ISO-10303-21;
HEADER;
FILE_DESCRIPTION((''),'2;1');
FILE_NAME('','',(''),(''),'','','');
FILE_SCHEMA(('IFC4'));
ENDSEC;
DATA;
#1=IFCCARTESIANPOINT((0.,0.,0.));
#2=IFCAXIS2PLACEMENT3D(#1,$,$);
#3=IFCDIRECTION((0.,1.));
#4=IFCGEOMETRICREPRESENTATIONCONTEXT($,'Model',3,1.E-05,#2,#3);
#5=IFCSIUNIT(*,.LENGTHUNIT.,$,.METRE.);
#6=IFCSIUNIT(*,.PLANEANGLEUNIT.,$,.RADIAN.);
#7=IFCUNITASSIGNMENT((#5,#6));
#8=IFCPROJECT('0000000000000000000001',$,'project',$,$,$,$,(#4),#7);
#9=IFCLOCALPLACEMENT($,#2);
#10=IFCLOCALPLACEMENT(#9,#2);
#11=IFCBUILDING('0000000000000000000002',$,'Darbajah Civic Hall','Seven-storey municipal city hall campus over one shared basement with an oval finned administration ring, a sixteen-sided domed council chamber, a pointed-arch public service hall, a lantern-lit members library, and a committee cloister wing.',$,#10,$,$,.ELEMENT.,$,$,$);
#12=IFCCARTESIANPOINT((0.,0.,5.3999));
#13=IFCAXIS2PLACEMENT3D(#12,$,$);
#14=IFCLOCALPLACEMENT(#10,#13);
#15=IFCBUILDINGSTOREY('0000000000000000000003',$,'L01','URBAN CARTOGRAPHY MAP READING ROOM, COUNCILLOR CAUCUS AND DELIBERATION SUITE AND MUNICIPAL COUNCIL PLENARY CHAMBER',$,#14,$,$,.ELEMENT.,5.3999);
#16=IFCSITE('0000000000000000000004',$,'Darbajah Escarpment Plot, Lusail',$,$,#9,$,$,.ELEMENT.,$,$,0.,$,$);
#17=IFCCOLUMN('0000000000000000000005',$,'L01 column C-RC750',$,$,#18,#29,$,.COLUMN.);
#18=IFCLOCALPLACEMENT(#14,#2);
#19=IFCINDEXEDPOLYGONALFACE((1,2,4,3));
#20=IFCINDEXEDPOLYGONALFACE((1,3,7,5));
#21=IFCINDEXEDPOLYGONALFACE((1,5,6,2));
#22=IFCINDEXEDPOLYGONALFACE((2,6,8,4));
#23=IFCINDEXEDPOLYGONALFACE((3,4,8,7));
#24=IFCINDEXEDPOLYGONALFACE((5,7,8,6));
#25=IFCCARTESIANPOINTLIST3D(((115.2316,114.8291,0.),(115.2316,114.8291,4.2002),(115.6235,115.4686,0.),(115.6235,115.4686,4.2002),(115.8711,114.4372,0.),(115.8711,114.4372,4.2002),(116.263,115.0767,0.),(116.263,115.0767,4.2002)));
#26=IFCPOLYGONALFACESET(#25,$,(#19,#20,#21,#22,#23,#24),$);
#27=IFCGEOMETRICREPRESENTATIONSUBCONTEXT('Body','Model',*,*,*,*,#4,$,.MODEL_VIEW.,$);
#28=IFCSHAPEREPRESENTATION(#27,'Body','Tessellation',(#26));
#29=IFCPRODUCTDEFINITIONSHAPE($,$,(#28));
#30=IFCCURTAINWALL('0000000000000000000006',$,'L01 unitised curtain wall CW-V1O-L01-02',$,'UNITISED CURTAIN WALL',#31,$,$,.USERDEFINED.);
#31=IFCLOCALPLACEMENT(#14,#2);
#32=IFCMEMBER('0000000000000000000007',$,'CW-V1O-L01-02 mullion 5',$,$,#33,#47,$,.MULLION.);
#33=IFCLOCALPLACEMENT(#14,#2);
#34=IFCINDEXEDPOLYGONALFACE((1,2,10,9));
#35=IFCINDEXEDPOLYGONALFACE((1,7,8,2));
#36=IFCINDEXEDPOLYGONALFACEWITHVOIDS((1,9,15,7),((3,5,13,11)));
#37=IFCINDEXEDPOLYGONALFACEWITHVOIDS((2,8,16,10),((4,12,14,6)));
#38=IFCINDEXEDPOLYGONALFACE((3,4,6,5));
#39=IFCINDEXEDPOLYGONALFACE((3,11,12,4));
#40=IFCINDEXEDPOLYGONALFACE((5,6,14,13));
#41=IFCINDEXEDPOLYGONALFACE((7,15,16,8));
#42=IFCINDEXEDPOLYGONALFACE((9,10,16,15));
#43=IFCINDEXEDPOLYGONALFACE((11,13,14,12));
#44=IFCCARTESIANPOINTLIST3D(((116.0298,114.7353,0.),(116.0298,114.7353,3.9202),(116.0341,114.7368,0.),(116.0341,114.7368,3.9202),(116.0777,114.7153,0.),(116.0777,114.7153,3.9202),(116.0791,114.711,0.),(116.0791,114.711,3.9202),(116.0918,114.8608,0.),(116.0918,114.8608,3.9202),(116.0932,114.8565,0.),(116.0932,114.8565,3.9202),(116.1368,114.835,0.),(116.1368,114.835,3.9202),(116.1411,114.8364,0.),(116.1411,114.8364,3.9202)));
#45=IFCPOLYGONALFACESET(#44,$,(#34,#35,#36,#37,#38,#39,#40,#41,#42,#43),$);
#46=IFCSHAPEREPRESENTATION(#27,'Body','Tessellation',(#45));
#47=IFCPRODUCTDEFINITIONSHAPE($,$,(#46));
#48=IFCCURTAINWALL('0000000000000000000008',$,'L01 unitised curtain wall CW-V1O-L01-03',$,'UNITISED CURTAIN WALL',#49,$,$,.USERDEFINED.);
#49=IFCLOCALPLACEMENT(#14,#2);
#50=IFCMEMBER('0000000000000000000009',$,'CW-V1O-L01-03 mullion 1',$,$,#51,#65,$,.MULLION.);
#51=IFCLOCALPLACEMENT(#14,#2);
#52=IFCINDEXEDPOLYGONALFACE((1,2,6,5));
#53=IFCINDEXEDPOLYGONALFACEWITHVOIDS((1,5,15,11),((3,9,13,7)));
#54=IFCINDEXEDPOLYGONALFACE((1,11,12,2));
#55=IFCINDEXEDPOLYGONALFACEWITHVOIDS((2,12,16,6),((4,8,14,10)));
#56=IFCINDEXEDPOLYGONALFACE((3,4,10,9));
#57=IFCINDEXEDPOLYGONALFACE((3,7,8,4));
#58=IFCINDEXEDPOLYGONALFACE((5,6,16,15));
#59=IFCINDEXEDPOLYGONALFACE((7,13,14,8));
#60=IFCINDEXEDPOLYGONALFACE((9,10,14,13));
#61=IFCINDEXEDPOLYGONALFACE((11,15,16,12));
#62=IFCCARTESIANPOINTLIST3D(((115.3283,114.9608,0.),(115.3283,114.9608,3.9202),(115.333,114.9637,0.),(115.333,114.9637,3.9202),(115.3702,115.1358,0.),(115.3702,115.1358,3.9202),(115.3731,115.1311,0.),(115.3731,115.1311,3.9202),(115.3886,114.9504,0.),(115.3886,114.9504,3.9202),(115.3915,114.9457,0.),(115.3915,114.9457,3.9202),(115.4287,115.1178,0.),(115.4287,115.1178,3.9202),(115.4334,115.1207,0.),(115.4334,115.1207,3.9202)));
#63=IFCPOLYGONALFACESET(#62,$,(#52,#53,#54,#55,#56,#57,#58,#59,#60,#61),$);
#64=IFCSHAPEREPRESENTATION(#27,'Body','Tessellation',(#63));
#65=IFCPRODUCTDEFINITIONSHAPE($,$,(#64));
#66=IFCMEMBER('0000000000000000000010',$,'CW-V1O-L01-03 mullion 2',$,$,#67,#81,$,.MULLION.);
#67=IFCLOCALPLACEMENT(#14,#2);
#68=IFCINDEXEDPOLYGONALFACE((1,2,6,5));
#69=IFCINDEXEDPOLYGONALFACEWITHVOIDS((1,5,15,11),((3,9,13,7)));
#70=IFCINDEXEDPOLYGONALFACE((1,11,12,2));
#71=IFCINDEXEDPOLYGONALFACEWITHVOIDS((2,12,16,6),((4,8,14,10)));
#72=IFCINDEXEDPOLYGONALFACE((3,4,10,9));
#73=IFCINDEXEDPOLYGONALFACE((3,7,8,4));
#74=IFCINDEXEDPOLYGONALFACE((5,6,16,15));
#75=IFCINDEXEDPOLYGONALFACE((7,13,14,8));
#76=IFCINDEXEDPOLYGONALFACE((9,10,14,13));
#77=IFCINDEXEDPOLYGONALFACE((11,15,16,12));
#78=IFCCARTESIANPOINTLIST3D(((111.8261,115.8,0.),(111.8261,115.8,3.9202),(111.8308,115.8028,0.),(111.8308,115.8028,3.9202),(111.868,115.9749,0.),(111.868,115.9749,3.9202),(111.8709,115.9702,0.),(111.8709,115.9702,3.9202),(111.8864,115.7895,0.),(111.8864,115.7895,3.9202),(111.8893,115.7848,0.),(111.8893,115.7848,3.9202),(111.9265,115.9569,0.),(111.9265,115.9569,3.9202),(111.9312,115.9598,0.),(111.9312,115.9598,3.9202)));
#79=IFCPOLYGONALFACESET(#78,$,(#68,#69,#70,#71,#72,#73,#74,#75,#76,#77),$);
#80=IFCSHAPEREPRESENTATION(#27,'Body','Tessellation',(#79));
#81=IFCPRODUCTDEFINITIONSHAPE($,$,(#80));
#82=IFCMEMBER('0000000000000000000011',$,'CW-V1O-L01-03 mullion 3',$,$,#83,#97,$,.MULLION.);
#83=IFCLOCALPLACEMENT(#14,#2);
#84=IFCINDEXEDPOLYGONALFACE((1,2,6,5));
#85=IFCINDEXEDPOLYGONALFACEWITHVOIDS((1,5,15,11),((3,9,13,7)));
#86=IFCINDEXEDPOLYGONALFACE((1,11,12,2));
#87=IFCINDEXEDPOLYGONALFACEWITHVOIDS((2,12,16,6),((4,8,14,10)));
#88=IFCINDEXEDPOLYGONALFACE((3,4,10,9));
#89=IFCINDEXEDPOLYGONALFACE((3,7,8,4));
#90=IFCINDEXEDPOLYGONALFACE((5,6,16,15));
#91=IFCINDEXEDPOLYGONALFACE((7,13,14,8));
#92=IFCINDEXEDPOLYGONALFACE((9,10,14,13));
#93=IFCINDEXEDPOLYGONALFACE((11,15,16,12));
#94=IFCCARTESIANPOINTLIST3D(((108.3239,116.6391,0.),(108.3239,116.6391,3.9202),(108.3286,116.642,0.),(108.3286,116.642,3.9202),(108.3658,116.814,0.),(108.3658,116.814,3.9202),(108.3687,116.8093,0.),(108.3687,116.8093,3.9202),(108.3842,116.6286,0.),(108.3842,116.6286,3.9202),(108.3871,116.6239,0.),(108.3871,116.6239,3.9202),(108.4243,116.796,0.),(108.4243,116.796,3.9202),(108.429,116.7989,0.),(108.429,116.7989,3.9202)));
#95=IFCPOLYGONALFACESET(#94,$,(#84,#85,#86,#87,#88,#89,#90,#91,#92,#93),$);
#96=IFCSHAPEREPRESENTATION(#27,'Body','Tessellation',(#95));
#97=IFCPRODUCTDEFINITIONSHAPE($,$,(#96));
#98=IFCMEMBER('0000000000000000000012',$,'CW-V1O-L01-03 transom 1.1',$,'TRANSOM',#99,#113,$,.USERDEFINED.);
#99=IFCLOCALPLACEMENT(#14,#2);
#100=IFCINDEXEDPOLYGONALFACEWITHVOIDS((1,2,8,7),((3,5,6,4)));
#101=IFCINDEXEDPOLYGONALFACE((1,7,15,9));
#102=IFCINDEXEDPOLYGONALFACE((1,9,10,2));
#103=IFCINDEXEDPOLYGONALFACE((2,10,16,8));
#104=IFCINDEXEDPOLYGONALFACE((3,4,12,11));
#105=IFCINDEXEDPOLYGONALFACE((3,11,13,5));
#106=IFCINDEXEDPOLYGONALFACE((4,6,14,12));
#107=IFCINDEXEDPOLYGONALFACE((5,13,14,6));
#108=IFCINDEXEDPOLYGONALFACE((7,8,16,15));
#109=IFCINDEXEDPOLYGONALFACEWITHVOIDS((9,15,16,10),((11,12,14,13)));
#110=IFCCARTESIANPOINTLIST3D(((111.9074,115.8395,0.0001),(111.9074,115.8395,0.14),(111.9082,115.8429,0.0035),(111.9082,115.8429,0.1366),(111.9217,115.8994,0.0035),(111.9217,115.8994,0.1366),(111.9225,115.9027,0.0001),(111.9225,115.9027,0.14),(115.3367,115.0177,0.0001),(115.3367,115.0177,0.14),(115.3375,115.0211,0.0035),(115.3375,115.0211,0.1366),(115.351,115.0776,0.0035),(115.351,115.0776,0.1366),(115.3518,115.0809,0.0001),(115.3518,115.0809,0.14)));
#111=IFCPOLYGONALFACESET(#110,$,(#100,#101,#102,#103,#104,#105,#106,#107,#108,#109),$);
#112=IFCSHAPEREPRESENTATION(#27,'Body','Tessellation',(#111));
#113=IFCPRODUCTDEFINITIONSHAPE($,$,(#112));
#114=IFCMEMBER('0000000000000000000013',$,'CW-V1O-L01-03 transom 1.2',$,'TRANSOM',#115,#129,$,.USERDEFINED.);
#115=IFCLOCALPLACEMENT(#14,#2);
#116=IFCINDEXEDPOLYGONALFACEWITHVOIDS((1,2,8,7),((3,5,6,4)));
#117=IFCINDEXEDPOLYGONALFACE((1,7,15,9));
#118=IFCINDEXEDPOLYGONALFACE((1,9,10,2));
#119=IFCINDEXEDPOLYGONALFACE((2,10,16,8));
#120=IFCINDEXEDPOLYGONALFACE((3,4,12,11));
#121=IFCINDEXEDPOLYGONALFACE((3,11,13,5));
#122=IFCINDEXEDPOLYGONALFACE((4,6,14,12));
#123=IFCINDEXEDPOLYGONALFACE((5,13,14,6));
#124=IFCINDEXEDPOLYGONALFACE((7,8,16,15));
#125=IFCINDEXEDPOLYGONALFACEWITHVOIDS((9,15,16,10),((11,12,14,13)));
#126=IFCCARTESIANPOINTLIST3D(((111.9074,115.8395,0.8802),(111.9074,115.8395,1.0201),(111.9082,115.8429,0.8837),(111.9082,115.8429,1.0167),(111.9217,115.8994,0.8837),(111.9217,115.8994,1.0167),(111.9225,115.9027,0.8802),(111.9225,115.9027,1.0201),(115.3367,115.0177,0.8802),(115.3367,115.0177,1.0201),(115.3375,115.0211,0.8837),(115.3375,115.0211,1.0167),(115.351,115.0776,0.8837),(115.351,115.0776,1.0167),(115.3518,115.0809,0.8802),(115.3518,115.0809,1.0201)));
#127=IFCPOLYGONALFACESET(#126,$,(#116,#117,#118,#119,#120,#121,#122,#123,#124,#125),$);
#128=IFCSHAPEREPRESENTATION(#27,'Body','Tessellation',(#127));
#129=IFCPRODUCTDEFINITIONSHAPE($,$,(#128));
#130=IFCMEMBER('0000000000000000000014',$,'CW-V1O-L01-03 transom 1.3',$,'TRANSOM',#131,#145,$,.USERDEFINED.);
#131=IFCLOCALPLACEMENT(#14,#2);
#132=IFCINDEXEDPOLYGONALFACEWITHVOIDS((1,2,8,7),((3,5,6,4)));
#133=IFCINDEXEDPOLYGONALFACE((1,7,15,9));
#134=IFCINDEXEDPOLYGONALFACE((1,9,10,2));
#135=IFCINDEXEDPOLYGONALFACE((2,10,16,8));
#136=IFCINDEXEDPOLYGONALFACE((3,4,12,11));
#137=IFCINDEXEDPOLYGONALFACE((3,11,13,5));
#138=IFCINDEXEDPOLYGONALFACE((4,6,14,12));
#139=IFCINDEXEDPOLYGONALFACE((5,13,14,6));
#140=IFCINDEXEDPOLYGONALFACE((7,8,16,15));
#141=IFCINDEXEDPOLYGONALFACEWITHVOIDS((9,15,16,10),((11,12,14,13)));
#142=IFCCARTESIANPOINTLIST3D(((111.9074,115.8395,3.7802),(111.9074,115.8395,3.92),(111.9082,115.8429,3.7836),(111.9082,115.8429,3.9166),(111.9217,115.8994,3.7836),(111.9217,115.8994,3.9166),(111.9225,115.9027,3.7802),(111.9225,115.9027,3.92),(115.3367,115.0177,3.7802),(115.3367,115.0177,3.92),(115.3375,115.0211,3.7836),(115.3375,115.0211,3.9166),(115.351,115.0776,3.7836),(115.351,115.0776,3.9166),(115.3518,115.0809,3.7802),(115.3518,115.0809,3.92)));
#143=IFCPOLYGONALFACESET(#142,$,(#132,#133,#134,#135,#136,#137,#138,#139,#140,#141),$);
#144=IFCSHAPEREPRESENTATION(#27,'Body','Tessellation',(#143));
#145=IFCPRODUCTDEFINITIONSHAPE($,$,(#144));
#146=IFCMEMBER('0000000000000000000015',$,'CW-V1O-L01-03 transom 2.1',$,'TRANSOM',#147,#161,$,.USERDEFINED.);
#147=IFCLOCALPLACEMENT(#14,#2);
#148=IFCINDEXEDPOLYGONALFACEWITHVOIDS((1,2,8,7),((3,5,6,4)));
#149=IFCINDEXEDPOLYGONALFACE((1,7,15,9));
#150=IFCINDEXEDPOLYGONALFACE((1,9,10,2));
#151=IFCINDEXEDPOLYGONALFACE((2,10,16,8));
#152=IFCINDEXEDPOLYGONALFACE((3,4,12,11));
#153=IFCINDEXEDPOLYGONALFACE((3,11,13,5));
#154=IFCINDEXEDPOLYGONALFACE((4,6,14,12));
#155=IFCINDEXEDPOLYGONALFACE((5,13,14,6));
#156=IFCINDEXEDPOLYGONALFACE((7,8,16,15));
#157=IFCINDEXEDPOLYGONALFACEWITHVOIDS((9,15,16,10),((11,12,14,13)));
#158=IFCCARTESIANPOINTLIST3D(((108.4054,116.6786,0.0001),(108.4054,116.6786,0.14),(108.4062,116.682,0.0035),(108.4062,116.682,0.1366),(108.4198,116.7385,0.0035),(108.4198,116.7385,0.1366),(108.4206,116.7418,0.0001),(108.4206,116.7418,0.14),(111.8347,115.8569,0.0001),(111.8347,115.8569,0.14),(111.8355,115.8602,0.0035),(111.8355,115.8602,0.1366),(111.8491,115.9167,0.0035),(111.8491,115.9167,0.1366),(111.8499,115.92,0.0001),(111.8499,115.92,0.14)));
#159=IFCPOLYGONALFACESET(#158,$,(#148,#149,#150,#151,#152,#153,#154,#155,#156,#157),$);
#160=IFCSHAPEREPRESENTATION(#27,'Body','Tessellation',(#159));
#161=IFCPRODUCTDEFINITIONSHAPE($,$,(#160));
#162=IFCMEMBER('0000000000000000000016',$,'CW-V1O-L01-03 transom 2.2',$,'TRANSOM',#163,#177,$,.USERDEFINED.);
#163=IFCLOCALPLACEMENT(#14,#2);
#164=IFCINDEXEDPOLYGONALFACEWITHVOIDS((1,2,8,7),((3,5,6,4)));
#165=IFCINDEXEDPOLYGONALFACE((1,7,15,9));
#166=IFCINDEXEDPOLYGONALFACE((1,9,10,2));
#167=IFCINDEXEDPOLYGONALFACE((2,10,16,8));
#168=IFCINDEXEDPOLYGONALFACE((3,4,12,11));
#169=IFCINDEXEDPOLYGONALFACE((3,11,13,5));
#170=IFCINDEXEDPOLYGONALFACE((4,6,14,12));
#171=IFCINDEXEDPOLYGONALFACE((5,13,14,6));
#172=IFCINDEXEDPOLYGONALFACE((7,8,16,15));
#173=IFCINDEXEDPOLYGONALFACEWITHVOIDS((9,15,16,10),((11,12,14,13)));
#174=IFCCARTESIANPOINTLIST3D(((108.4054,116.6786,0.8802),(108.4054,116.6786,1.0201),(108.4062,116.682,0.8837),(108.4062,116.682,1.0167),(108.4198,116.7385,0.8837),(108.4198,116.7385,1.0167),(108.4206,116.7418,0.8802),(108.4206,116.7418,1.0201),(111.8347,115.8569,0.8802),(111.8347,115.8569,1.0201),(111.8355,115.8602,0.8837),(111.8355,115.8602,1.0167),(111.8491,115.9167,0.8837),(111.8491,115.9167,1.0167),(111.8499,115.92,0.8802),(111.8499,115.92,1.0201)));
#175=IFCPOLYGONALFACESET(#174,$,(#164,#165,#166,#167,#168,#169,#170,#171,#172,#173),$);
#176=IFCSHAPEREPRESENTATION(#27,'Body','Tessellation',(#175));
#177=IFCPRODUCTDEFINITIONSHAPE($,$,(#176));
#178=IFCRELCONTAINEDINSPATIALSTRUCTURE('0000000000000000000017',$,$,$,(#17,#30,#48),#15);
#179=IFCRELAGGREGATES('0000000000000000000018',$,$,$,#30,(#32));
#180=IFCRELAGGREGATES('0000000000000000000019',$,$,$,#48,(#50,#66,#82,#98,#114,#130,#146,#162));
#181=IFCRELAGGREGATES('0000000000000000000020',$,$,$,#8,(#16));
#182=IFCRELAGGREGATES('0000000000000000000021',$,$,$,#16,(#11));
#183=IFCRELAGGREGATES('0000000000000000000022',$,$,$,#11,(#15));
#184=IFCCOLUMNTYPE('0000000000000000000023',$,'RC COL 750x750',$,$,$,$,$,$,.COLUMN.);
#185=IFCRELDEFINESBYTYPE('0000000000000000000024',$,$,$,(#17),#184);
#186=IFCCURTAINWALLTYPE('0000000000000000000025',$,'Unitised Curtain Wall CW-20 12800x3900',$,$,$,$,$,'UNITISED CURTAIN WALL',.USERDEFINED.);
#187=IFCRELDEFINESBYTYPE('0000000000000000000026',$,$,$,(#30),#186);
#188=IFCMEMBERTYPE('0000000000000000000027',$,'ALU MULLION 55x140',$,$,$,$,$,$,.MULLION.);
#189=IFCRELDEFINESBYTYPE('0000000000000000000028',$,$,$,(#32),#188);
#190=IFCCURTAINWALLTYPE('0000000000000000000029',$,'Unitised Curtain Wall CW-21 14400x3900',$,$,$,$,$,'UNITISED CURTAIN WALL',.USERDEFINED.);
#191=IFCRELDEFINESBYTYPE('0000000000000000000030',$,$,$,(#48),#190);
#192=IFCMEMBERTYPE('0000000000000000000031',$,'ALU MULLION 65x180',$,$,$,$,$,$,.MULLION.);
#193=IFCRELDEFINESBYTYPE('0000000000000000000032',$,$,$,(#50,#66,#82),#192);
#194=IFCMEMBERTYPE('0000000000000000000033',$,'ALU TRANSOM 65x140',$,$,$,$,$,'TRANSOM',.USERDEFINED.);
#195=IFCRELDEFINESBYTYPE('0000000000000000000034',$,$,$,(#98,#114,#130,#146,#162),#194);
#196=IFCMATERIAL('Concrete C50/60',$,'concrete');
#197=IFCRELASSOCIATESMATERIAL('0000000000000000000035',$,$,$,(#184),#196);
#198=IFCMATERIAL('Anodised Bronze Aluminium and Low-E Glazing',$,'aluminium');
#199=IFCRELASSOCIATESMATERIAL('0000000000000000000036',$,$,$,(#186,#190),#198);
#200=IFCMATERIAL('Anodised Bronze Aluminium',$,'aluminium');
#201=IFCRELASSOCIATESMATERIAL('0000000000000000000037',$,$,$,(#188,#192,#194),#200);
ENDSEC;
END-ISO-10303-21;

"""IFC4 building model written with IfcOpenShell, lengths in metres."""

from ifc_helpers import new_model, si_unit, direction, frame, origin, origin_2d, place, context, subcontext, project, spatial, rectangle, hollow_rectangle, extrude, material, material_profile, profile_set, type_object, element, aggregate, save


model = new_model("IFC4")

# Units and contexts
model_context = context("Model", 3, precision=1e-05, world=origin(), true_north=direction((0.0, 1.0)))
body_context = subcontext(model_context, "Body", "Model", "MODEL_VIEW")
ifc_project = project(units=[si_unit("LENGTHUNIT", "METRE"), si_unit("PLANEANGLEUNIT", "RADIAN")], contexts=[model_context])

# Site, building, storey
site_placement = place(None, origin())
site = spatial("IfcSite", under=ifc_project, at=site_placement, Name="Darbajah Escarpment Plot, Lusail", CompositionType="ELEMENT", RefElevation=0.0)
building_placement = place(site_placement, origin())
building = spatial("IfcBuilding", under=site, at=building_placement, Name="Darbajah Civic Hall", Description="Seven-storey municipal city hall campus over one shared basement with an oval finned administration ring, a sixteen-sided domed council chamber, a pointed-arch public service hall, a lantern-lit members library, and a committee cloister wing.", CompositionType="ELEMENT")
storey_placement = place(building_placement, frame((0.0, 0.0, 5.3999)))
storey = spatial("IfcBuildingStorey", under=building, at=storey_placement, Name="L01", Description="URBAN CARTOGRAPHY MAP READING ROOM, COUNCILLOR CAUCUS AND DELIBERATION SUITE AND MUNICIPAL COUNCIL PLENARY CHAMBER", CompositionType="ELEMENT", Elevation=5.3999)

# Column
ifc_material_1 = material(Name="Concrete C50/60", Category="concrete")
ifc_material_profile_1 = material_profile(ifc_material_1, rectangle(XDim=0.75, YDim=0.75, at=origin_2d()), Name="RC COL 750x750")
ifc_profile_set_1 = profile_set([ifc_material_profile_1], Name="Concrete C50/60")
column_type = type_object("IfcColumnType", Name="RC COL 750x750", PredefinedType="COLUMN", material=ifc_profile_set_1)
column_placement = place(storey_placement, frame((115.7473, 114.9529, 0.0), z_axis=(0.0, 0.0, 1.0), x_axis=(0.522499, 0.85264, 0.0)))
element("IfcColumn", 1, at=column_placement, inside=storey, type_object=column_type, Name="L01 column C-RC750", PredefinedType="COLUMN", context=body_context, shape_type="SweptSolid", body=[
    extrude(rectangle(XDim=0.75, YDim=0.75, at=origin_2d()), origin(), (0.0, 0.0, 1.0), 4.2002),
])

# Curtain wall, member
ifc_material_2 = material(Name="Anodised Bronze Aluminium and Low-E Glazing", Category="aluminium")
curtain_wall_type_1 = type_object("IfcCurtainWallType", Name="Unitised Curtain Wall CW-20 12800x3900", ElementType="UNITISED CURTAIN WALL", PredefinedType="USERDEFINED", material=ifc_material_2)
curtain_wall_1_placement = place(storey_placement, origin())
curtain_wall_1 = element("IfcCurtainWall", 2, at=curtain_wall_1_placement, inside=storey, type_object=curtain_wall_type_1, Name="L01 unitised curtain wall CW-V1O-L01-02", ObjectType="UNITISED CURTAIN WALL", PredefinedType="USERDEFINED")
ifc_material_3 = material(Name="Anodised Bronze Aluminium", Category="aluminium")
ifc_material_profile_2 = material_profile(ifc_material_3, hollow_rectangle(XDim=0.0549, YDim=0.1399, WallThickness=0.0032, at=origin_2d()), Name="ALU MULLION 55x140")
ifc_profile_set_2 = profile_set([ifc_material_profile_2], Name="Anodised Bronze Aluminium")
member_type_1 = type_object("IfcMemberType", Name="ALU MULLION 55x140", PredefinedType="MULLION", material=ifc_profile_set_2)
member_1_placement = place(storey_placement, frame((116.0854, 114.7859, 0.0), z_axis=(0.0, 0.0, 1.0), x_axis=(-0.896564, 0.442915, 0.0)))
member_1 = element("IfcMember", 3, at=member_1_placement, type_object=member_type_1, Name="CW-V1O-L01-02 mullion 5", PredefinedType="MULLION", context=body_context, shape_type="SweptSolid", body=[
    extrude(hollow_rectangle(XDim=0.0549, YDim=0.1399, WallThickness=0.0032, at=origin_2d()), origin(), (0.0, 0.0, 1.0), 3.9202),
])

# Curtain wall, members
curtain_wall_type_2 = type_object("IfcCurtainWallType", Name="Unitised Curtain Wall CW-21 14400x3900", ElementType="UNITISED CURTAIN WALL", PredefinedType="USERDEFINED", material=ifc_material_2)
curtain_wall_2_placement = place(storey_placement, origin())
curtain_wall_2 = element("IfcCurtainWall", 4, at=curtain_wall_2_placement, inside=storey, type_object=curtain_wall_type_2, Name="L01 unitised curtain wall CW-V1O-L01-03", ObjectType="UNITISED CURTAIN WALL", PredefinedType="USERDEFINED")
ifc_material_profile_3 = material_profile(ifc_material_3, hollow_rectangle(XDim=0.0649, YDim=0.1799, WallThickness=0.0039, at=origin_2d()), Name="ALU MULLION 65x180")
ifc_profile_set_3 = profile_set([ifc_material_profile_3], Name="Anodised Bronze Aluminium")
member_type_2 = type_object("IfcMemberType", Name="ALU MULLION 65x180", PredefinedType="MULLION", material=ifc_profile_set_3)
member_2_placement = place(storey_placement, frame((115.3809, 115.0408, 0.0), z_axis=(0.0, 0.0, 1.0), x_axis=(-0.972492, 0.232936, 0.0)))
member_2 = element("IfcMember", 5, at=member_2_placement, type_object=member_type_2, Name="CW-V1O-L01-03 mullion 1", PredefinedType="MULLION", context=body_context, shape_type="SweptSolid", body=[
    extrude(hollow_rectangle(XDim=0.0649, YDim=0.1799, WallThickness=0.0039, at=origin_2d()), origin(), (0.0, 0.0, 1.0), 3.9202),
])
member_3_placement = place(storey_placement, frame((111.8787, 115.8799, 0.0), z_axis=(0.0, 0.0, 1.0), x_axis=(-0.972492, 0.232936, 0.0)))
member_3 = element("IfcMember", 6, at=member_3_placement, type_object=member_type_2, Name="CW-V1O-L01-03 mullion 2", PredefinedType="MULLION", context=body_context, shape_type="SweptSolid", body=[
    extrude(hollow_rectangle(XDim=0.0649, YDim=0.1799, WallThickness=0.0039, at=origin_2d()), origin(), (0.0, 0.0, 1.0), 3.9202),
])
member_4_placement = place(storey_placement, frame((108.3765, 116.719, 0.0), z_axis=(0.0, 0.0, 1.0), x_axis=(-0.972492, 0.232936, 0.0)))
member_4 = element("IfcMember", 7, at=member_4_placement, type_object=member_type_2, Name="CW-V1O-L01-03 mullion 3", PredefinedType="MULLION", context=body_context, shape_type="SweptSolid", body=[
    extrude(hollow_rectangle(XDim=0.0649, YDim=0.1799, WallThickness=0.0039, at=origin_2d()), origin(), (0.0, 0.0, 1.0), 3.9202),
])
ifc_material_profile_4 = material_profile(ifc_material_3, hollow_rectangle(XDim=0.0649, YDim=0.1399, WallThickness=0.0034, at=origin_2d()), Name="ALU TRANSOM 65x140")
ifc_profile_set_4 = profile_set([ifc_material_profile_4], Name="Anodised Bronze Aluminium")
member_type_3 = type_object("IfcMemberType", Name="ALU TRANSOM 65x140", ElementType="TRANSOM", PredefinedType="USERDEFINED", material=ifc_profile_set_4)
member_5_placement = place(storey_placement, frame((115.3442, 115.0493, 0.0701), z_axis=(-0.972466, 0.233043, 0.0), x_axis=(-0.233043, -0.972466, 0.0)))
member_5 = element("IfcMember", 8, at=member_5_placement, type_object=member_type_3, Name="CW-V1O-L01-03 transom 1.1", ObjectType="TRANSOM", PredefinedType="USERDEFINED", context=body_context, shape_type="SweptSolid", body=[
    extrude(hollow_rectangle(XDim=0.0649, YDim=0.1399, WallThickness=0.0034, at=origin_2d()), origin(), (0.0, 0.0, 1.0), 3.5264),
])
member_6_placement = place(storey_placement, frame((115.3442, 115.0493, 0.9502), z_axis=(-0.972466, 0.233043, 0.0), x_axis=(-0.233043, -0.972466, 0.0)))
member_6 = element("IfcMember", 9, at=member_6_placement, type_object=member_type_3, Name="CW-V1O-L01-03 transom 1.2", ObjectType="TRANSOM", PredefinedType="USERDEFINED", context=body_context, shape_type="SweptSolid", body=[
    extrude(hollow_rectangle(XDim=0.0649, YDim=0.1399, WallThickness=0.0034, at=origin_2d()), origin(), (0.0, 0.0, 1.0), 3.5264),
])
member_7_placement = place(storey_placement, frame((115.3442, 115.0493, 3.8501), z_axis=(-0.972466, 0.233043, 0.0), x_axis=(-0.233043, -0.972466, 0.0)))
member_7 = element("IfcMember", 10, at=member_7_placement, type_object=member_type_3, Name="CW-V1O-L01-03 transom 1.3", ObjectType="TRANSOM", PredefinedType="USERDEFINED", context=body_context, shape_type="SweptSolid", body=[
    extrude(hollow_rectangle(XDim=0.0649, YDim=0.1399, WallThickness=0.0034, at=origin_2d()), origin(), (0.0, 0.0, 1.0), 3.5264),
])
member_8_placement = place(storey_placement, frame((111.8423, 115.8884, 0.0701), z_axis=(-0.972466, 0.233043, 0.0), x_axis=(-0.233043, -0.972466, 0.0)))
member_8 = element("IfcMember", 11, at=member_8_placement, type_object=member_type_3, Name="CW-V1O-L01-03 transom 2.1", ObjectType="TRANSOM", PredefinedType="USERDEFINED", context=body_context, shape_type="SweptSolid", body=[
    extrude(hollow_rectangle(XDim=0.0649, YDim=0.1399, WallThickness=0.0034, at=origin_2d()), origin(), (0.0, 0.0, 1.0), 3.5264),
])
member_9_placement = place(storey_placement, frame((111.8423, 115.8884, 0.9502), z_axis=(-0.972466, 0.233043, 0.0), x_axis=(-0.233043, -0.972466, 0.0)))
member_9 = element("IfcMember", 12, at=member_9_placement, type_object=member_type_3, Name="CW-V1O-L01-03 transom 2.2", ObjectType="TRANSOM", PredefinedType="USERDEFINED", context=body_context, shape_type="SweptSolid", body=[
    extrude(hollow_rectangle(XDim=0.0649, YDim=0.1399, WallThickness=0.0034, at=origin_2d()), origin(), (0.0, 0.0, 1.0), 3.5264),
])

aggregate(curtain_wall_1, [member_1])
aggregate(curtain_wall_2, [member_2, member_3, member_4, member_5, member_6, member_7, member_8, member_9])

save(model, "model.ifc")
